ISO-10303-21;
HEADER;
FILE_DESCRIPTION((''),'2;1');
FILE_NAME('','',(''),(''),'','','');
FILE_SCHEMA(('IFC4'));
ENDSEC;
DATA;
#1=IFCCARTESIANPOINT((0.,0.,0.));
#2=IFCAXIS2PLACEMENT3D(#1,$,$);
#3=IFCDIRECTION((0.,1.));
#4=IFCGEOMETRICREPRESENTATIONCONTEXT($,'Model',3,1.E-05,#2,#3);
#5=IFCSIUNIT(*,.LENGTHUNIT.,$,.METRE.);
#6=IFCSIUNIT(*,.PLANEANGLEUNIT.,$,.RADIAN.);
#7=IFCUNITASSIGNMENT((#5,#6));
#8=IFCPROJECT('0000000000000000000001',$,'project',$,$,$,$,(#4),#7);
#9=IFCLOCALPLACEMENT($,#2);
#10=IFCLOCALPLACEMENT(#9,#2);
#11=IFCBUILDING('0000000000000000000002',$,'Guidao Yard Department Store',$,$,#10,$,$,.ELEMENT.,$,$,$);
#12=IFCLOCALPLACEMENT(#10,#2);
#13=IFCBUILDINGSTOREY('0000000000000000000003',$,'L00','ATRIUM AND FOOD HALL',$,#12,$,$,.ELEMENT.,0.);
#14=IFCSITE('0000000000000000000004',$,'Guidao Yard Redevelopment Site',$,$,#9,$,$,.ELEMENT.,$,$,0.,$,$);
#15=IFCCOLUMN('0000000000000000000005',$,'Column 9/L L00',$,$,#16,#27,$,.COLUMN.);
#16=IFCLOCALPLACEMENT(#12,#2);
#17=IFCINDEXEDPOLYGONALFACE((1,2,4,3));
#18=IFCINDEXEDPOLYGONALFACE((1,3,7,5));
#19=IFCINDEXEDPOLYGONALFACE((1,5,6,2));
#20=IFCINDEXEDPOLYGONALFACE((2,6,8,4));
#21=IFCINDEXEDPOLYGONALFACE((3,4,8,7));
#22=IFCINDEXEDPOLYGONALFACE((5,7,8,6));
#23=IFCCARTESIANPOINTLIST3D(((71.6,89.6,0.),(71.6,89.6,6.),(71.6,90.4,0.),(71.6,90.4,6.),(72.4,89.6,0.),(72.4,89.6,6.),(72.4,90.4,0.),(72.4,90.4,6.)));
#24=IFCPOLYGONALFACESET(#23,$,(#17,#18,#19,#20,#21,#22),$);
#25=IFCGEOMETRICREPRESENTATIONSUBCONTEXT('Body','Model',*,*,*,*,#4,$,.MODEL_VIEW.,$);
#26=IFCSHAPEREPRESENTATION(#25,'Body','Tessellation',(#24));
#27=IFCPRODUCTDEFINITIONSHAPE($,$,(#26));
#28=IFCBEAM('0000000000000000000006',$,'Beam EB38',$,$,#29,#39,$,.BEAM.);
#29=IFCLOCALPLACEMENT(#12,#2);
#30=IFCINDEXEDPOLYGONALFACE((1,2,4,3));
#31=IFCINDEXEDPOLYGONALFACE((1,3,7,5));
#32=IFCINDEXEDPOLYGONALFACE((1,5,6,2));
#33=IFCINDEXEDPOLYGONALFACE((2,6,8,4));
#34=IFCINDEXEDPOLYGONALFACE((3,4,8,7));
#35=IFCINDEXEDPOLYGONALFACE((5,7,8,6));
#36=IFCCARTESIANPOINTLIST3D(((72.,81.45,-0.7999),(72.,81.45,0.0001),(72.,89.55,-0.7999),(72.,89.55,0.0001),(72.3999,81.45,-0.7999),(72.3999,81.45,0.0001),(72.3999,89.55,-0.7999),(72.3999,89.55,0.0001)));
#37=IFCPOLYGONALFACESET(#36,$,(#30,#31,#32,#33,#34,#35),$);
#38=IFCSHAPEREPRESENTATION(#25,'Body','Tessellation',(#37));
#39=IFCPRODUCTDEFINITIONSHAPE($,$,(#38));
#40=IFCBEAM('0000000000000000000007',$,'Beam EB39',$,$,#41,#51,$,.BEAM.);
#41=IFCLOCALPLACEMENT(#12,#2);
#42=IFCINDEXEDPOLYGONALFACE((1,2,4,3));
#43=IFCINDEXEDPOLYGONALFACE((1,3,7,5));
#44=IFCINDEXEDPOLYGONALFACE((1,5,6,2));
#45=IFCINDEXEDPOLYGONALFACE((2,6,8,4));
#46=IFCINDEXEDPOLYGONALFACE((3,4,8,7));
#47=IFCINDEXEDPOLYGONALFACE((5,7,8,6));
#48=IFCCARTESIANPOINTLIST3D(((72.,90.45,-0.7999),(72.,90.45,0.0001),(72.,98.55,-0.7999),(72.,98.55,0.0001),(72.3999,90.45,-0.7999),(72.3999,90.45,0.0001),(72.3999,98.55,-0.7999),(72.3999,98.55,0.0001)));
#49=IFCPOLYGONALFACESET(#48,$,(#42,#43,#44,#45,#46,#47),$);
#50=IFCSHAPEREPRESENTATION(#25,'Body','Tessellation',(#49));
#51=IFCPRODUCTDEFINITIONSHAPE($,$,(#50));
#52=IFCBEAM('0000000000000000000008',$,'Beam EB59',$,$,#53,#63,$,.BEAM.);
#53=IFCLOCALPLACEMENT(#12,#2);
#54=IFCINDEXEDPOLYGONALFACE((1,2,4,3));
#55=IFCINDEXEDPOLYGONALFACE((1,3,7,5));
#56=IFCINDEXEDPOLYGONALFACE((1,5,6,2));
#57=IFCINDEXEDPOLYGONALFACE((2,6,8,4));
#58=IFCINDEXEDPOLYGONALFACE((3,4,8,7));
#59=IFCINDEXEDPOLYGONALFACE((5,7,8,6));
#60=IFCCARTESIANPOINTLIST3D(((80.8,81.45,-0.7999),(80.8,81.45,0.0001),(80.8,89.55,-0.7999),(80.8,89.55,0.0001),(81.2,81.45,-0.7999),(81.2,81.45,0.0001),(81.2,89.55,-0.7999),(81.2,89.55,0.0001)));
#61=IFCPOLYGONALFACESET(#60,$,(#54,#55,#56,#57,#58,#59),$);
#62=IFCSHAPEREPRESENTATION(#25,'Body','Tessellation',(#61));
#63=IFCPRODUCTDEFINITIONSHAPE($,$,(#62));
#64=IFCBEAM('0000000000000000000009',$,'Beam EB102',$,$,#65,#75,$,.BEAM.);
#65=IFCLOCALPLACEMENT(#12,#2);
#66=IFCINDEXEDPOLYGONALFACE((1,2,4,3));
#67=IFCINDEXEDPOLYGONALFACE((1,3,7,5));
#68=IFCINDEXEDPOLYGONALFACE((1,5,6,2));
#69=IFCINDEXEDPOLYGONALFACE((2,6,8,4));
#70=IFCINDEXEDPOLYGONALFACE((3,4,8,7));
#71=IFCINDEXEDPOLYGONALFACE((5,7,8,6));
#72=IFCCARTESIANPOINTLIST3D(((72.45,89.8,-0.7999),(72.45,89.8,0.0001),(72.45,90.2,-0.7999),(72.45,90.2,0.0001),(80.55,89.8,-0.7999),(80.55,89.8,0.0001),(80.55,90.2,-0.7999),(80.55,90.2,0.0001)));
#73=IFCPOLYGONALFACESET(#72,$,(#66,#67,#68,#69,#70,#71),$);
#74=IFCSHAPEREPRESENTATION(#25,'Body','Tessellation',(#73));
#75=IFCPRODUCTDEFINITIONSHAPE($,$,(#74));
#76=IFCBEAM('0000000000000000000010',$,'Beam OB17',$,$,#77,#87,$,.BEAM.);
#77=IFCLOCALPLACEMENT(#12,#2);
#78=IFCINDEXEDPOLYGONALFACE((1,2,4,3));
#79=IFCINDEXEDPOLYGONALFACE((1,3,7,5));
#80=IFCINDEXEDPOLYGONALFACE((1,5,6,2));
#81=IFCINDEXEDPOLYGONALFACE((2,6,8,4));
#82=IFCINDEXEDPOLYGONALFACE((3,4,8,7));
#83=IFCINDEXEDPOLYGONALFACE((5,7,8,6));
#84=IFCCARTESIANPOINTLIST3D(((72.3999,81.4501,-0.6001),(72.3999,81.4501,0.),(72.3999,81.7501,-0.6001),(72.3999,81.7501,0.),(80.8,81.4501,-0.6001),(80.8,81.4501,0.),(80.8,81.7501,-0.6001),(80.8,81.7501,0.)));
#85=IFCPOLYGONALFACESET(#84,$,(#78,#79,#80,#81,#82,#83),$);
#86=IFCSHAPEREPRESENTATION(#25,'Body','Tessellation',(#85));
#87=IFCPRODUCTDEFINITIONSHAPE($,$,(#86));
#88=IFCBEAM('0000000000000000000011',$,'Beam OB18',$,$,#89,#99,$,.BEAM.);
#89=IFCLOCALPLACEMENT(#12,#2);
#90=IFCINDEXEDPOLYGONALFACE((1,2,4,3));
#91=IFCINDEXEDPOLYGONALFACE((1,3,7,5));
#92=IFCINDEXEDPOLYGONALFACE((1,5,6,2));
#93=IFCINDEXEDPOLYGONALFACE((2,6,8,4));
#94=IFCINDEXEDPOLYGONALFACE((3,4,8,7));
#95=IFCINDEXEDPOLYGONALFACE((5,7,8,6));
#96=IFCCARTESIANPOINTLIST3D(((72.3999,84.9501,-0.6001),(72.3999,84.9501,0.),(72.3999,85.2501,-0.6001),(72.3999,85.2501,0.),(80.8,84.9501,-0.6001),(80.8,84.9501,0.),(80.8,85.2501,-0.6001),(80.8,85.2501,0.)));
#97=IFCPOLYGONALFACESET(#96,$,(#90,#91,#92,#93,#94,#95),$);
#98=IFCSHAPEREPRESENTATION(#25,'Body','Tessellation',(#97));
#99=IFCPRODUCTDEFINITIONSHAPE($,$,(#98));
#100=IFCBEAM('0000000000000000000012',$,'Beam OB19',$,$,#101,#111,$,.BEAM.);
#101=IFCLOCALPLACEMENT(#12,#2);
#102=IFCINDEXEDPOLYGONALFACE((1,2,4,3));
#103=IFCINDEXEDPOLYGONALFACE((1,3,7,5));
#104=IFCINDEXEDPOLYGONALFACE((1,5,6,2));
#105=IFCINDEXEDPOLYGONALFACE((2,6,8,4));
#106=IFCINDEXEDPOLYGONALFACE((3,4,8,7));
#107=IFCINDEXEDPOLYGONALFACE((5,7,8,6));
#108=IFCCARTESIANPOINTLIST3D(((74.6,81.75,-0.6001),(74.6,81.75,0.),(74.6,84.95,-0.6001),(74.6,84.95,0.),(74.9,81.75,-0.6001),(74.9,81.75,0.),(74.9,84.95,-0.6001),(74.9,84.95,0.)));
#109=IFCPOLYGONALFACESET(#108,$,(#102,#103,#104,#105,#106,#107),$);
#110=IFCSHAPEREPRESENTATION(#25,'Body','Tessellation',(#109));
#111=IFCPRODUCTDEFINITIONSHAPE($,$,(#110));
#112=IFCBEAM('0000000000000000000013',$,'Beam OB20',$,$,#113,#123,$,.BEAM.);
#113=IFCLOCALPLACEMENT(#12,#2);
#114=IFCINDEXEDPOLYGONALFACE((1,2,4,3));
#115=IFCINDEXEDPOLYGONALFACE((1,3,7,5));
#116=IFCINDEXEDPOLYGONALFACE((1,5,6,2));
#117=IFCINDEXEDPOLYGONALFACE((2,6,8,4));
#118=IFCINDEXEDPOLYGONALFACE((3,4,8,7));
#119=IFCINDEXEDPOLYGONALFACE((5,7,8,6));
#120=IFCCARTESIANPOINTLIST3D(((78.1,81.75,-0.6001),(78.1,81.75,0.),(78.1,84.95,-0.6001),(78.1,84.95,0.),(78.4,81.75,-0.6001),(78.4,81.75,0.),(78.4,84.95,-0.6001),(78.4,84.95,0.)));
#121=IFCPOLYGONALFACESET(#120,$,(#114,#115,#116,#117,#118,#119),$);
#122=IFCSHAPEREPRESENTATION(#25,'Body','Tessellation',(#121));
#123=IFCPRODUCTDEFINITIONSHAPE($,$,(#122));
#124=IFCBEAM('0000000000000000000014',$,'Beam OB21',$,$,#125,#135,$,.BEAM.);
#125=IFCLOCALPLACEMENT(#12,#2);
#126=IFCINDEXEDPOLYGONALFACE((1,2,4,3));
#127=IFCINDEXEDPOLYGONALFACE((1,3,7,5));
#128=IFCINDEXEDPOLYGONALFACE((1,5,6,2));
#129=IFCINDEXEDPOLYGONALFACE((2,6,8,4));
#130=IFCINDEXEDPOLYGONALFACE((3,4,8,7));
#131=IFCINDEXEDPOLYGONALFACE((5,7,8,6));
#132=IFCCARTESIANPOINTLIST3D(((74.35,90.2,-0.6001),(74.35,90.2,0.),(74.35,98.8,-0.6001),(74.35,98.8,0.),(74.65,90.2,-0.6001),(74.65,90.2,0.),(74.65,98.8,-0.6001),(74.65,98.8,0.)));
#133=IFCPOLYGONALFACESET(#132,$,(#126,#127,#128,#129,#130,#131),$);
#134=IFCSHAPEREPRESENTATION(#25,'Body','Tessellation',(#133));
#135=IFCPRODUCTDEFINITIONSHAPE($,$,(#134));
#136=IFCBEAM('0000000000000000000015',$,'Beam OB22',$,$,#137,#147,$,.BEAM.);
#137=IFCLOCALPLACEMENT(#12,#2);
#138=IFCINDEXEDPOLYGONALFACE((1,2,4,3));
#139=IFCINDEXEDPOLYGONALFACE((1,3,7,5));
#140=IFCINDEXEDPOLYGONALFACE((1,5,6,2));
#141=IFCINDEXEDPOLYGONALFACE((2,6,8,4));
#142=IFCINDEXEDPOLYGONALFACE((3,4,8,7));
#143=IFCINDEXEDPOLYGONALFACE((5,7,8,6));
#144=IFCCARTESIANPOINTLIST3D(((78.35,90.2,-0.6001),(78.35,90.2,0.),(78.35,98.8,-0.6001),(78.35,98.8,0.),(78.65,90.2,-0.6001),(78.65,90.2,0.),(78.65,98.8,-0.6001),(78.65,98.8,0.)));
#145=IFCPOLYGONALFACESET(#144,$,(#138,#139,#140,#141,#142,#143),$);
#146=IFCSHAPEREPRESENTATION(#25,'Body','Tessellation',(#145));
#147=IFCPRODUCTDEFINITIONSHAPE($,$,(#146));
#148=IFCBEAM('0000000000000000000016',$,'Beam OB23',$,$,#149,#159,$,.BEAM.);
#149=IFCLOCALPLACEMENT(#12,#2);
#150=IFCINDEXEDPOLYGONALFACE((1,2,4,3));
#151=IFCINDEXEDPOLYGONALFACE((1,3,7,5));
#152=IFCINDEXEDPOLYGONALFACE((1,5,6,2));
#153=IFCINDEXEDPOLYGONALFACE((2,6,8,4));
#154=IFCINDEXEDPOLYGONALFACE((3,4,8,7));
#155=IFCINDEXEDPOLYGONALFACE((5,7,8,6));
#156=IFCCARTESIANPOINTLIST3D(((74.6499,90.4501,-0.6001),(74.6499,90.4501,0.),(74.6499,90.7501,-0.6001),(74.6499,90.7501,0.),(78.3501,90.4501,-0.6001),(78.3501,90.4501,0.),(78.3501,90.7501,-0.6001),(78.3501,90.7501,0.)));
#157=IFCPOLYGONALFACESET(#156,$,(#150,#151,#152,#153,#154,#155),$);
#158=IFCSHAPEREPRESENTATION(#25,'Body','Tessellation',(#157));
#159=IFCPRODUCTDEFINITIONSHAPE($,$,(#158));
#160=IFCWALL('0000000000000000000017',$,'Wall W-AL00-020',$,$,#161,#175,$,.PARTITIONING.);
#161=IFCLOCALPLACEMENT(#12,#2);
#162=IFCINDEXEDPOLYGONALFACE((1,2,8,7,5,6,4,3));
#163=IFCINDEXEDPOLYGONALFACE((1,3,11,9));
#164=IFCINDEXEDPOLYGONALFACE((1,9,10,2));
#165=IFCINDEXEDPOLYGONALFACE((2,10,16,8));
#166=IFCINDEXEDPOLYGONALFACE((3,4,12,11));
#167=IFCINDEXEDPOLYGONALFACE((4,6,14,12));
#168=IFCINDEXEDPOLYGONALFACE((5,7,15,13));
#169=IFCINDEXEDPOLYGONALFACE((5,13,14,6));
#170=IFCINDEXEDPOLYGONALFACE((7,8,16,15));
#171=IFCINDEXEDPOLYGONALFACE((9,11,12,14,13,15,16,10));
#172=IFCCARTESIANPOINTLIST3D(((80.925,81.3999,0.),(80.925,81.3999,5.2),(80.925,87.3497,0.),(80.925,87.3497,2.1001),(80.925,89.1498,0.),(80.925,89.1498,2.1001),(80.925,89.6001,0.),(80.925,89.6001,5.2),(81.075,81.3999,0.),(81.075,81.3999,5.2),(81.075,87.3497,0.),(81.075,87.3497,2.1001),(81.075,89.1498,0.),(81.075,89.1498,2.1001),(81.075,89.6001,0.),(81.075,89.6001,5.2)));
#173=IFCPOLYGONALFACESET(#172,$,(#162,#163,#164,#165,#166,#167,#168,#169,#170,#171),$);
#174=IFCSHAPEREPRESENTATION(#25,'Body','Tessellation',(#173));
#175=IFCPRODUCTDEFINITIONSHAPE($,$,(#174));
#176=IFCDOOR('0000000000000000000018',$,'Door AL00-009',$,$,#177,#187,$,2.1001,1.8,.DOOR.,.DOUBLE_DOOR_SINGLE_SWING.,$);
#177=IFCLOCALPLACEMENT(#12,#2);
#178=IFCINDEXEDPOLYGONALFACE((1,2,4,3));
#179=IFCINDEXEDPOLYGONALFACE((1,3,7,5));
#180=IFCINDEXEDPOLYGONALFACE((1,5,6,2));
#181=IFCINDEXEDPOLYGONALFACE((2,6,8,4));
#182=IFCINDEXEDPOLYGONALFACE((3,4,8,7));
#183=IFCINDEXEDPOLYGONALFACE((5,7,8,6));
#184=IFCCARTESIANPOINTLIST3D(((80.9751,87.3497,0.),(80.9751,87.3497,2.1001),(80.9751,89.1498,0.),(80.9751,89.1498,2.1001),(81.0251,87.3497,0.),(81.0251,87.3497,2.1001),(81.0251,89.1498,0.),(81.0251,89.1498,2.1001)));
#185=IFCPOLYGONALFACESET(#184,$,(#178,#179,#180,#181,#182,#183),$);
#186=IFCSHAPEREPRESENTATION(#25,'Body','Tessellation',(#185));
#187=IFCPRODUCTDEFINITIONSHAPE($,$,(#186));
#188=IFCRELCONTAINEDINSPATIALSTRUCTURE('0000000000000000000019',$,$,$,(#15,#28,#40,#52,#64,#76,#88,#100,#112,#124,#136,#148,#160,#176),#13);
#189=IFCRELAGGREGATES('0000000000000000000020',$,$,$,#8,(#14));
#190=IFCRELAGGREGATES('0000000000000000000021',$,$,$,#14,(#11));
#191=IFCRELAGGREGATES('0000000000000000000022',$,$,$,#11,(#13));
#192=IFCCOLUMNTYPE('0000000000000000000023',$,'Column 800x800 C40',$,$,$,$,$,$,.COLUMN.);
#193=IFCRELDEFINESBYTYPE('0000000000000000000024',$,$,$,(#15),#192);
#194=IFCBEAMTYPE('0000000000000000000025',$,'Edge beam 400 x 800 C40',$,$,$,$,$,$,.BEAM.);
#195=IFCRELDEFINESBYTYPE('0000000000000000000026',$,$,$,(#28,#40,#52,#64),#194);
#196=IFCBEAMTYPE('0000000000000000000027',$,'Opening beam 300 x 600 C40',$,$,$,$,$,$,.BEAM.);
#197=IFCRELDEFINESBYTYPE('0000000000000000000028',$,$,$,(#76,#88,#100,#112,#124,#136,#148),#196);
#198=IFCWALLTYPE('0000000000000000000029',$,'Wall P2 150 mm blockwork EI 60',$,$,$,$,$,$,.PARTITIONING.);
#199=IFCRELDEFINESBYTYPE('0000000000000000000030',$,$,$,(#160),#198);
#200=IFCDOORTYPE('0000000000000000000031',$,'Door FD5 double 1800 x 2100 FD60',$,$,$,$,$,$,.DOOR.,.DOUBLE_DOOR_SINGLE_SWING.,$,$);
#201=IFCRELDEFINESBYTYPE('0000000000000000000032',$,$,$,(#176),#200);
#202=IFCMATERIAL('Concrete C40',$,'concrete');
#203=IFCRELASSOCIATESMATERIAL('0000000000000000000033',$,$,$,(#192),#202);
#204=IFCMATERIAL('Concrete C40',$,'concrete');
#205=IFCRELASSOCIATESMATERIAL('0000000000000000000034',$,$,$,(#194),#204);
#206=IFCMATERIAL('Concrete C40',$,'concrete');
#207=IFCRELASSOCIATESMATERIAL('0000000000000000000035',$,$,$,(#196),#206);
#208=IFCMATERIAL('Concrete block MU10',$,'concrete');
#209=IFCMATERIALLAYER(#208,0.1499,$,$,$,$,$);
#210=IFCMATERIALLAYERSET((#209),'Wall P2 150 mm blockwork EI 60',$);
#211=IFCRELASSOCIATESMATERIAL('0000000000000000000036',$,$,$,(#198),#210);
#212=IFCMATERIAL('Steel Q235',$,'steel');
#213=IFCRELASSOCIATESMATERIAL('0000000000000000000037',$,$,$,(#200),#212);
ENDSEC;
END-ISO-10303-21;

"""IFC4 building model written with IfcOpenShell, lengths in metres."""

from ifc_helpers import new_model, si_unit, direction, frame, frame_2d, origin, origin_2d, place, context, subcontext, project, spatial, rectangle, extrude, material, layer, layer_set, material_profile, profile_set, type_object, element, fill, save


model = new_model("IFC4")

# Units and contexts
model_context = context("Model", 3, precision=1e-05, world=origin(), true_north=direction((0.0, 1.0)))
body_context = subcontext(model_context, "Body", "Model", "MODEL_VIEW")
ifc_project = project(units=[si_unit("LENGTHUNIT", "METRE"), si_unit("PLANEANGLEUNIT", "RADIAN")], contexts=[model_context])

# Site, building, storey
site_placement = place(None, origin())
site = spatial("IfcSite", under=ifc_project, at=site_placement, Name="Guidao Yard Redevelopment Site", CompositionType="ELEMENT", RefElevation=0.0)
building_placement = place(site_placement, origin())
building = spatial("IfcBuilding", under=site, at=building_placement, Name="Guidao Yard Department Store", CompositionType="ELEMENT")
storey_placement = place(building_placement, origin())
storey = spatial("IfcBuildingStorey", under=building, at=storey_placement, Name="L00", Description="ATRIUM AND FOOD HALL", CompositionType="ELEMENT", Elevation=0.0)

# Column
ifc_material_1 = material(Name="Concrete C40", Category="concrete")
ifc_material_profile_1 = material_profile(ifc_material_1, rectangle(XDim=0.8, YDim=0.8, at=origin_2d()), Name="COL 800x800")
ifc_profile_set_1 = profile_set([ifc_material_profile_1], Name="Concrete C40")
column_type = type_object("IfcColumnType", Name="Column 800x800 C40", PredefinedType="COLUMN", material=ifc_profile_set_1)
column_placement = place(storey_placement, frame((72.0, 90.0, 0.0), z_axis=(0.0, 0.0, 1.0), x_axis=(1.0, 0.0, 0.0)))
element("IfcColumn", 1, at=column_placement, inside=storey, type_object=column_type, Name="Column 9/L L00", PredefinedType="COLUMN", context=body_context, shape_type="SweptSolid", body=[
    extrude(rectangle(XDim=0.8, YDim=0.8, at=origin_2d()), origin(), (0.0, 0.0, 1.0), 6.0),
])

# Beams
ifc_material_2 = material(Name="Concrete C40", Category="concrete")
ifc_material_profile_2 = material_profile(ifc_material_2, rectangle(XDim=0.3999, YDim=0.8, at=origin_2d()), Name="Edge beam 400 x 800 C40")
ifc_profile_set_2 = profile_set([ifc_material_profile_2], Name="Concrete C40")
beam_type_1 = type_object("IfcBeamType", Name="Edge beam 400 x 800 C40", PredefinedType="BEAM", material=ifc_profile_set_2)
for number, where, z_axis, x_axis, name in (
    (2, (72.2, 81.45, -0.3999), (0.0, 1.0, 0.0), (-1.0, 0.0, 0.0), "Beam EB38"),
    (3, (72.2, 90.45, -0.3999), (0.0, 1.0, 0.0), (-1.0, 0.0, 0.0), "Beam EB39"),
    (4, (81.0, 81.45, -0.3999), (0.0, 1.0, 0.0), (-1.0, 0.0, 0.0), "Beam EB59"),
    (5, (72.45, 90.0, -0.3999), (1.0, 0.0, 0.0), (0.0, 1.0, 0.0), "Beam EB102"),
):
    element("IfcBeam", number, at=place(storey_placement, frame(where, z_axis=z_axis, x_axis=x_axis)), inside=storey, type_object=beam_type_1, Name=name, PredefinedType="BEAM", context=body_context, shape_type="SweptSolid", body=[
        extrude(rectangle(XDim=0.3999, YDim=0.8, at=origin_2d()), origin(), (0.0, 0.0, 1.0), 8.1001),
    ])
ifc_material_3 = material(Name="Concrete C40", Category="concrete")
ifc_material_profile_3 = material_profile(ifc_material_3, rectangle(XDim=0.3, YDim=0.6001, at=origin_2d()), Name="Opening beam 300 x 600 C40")
ifc_profile_set_3 = profile_set([ifc_material_profile_3], Name="Concrete C40")
beam_type_2 = type_object("IfcBeamType", Name="Opening beam 300 x 600 C40", PredefinedType="BEAM", material=ifc_profile_set_3)
for number, where, z_axis, x_axis, name in (
    (6, (72.3999, 81.6001, -0.3), (1.0, 0.0, 0.0), (0.0, 1.0, 0.0), "Beam OB17"),
    (7, (72.3999, 85.1001, -0.3), (1.0, 0.0, 0.0), (0.0, 1.0, 0.0), "Beam OB18"),
):
    element("IfcBeam", number, at=place(storey_placement, frame(where, z_axis=z_axis, x_axis=x_axis)), inside=storey, type_object=beam_type_2, Name=name, PredefinedType="BEAM", context=body_context, shape_type="SweptSolid", body=[
        extrude(rectangle(XDim=0.3, YDim=0.6001, at=origin_2d()), origin(), (0.0, 0.0, 1.0), 8.4001),
    ])
for number, where, z_axis, x_axis, name in (
    (8, (74.75, 81.75, -0.3), (0.0, 1.0, 0.0), (-1.0, 0.0, 0.0), "Beam OB19"),
    (9, (78.25, 81.75, -0.3), (0.0, 1.0, 0.0), (-1.0, 0.0, 0.0), "Beam OB20"),
):
    element("IfcBeam", number, at=place(storey_placement, frame(where, z_axis=z_axis, x_axis=x_axis)), inside=storey, type_object=beam_type_2, Name=name, PredefinedType="BEAM", context=body_context, shape_type="SweptSolid", body=[
        extrude(rectangle(XDim=0.3, YDim=0.6001, at=origin_2d()), origin(), (0.0, 0.0, 1.0), 3.2),
    ])
for number, where, z_axis, x_axis, name in (
    (10, (74.5, 90.2, -0.3), (0.0, 1.0, 0.0), (-1.0, 0.0, 0.0), "Beam OB21"),
    (11, (78.5, 90.2, -0.3), (0.0, 1.0, 0.0), (-1.0, 0.0, 0.0), "Beam OB22"),
):
    element("IfcBeam", number, at=place(storey_placement, frame(where, z_axis=z_axis, x_axis=x_axis)), inside=storey, type_object=beam_type_2, Name=name, PredefinedType="BEAM", context=body_context, shape_type="SweptSolid", body=[
        extrude(rectangle(XDim=0.3, YDim=0.6001, at=origin_2d()), origin(), (0.0, 0.0, 1.0), 8.6001),
    ])
beam_placement = place(storey_placement, frame((74.6499, 90.6001, -0.3), z_axis=(1.0, 0.0, 0.0), x_axis=(0.0, 1.0, 0.0)))
element("IfcBeam", 12, at=beam_placement, inside=storey, type_object=beam_type_2, Name="Beam OB23", PredefinedType="BEAM", context=body_context, shape_type="SweptSolid", body=[
    extrude(rectangle(XDim=0.3, YDim=0.6001, at=origin_2d()), origin(), (0.0, 0.0, 1.0), 3.7002),
])

# Wall, opening, door
ifc_material_4 = material(Name="Concrete block MU10", Category="concrete")
ifc_layer_1 = layer(ifc_material_4, 0.1499)
ifc_layer_set_1 = layer_set([ifc_layer_1], Name="Wall P2 150 mm blockwork EI 60")
wall_type_1 = type_object("IfcWallType", Name="Wall P2 150 mm blockwork EI 60", PredefinedType="PARTITIONING", material=ifc_layer_set_1)
wall_1_placement = place(storey_placement, frame((81.0, 81.3999, 0.0), z_axis=(0.0, 0.0, 1.0), x_axis=(0.0, 1.0, 0.0)))
wall_1 = element("IfcWall", 13, at=wall_1_placement, inside=storey, type_object=wall_type_1, Name="Wall W-AL00-020", PredefinedType="PARTITIONING", context=body_context, shape_type="SweptSolid", body=[
    extrude(rectangle(XDim=8.2002, YDim=0.1499, at=frame_2d((4.1001, 0.0))), origin(), (0.0, 0.0, 1.0), 5.2),
])
opening_1_placement = place(wall_1_placement, frame((5.95, 0.0, 0.0)))
opening_1 = element("IfcOpeningElement", 14, at=opening_1_placement, cuts=wall_1, PredefinedType="OPENING", context=body_context, shape_type="SweptSolid", body=[
    extrude(rectangle(XDim=1.8, YDim=2.1001, at=frame_2d((0.8999, 1.05))), frame((0.0, 0.085, 0.0), z_axis=(0.0, -1.0, 0.0), x_axis=(1.0, 0.0, 0.0)), (0.0, 0.0, 1.0), 0.1699),
])
ifc_material_5 = material(Name="Steel Q235", Category="steel")
door_type_1 = type_object("IfcDoorType", Name="Door FD5 double 1800 x 2100 FD60", OperationType="DOUBLE_DOOR_SINGLE_SWING", PredefinedType="DOOR", material=ifc_material_5)
door_1_placement = place(opening_1_placement, origin())
door_1 = element("IfcDoor", 15, at=door_1_placement, inside=storey, type_object=door_type_1, Name="Door AL00-009", OperationType="DOUBLE_DOOR_SINGLE_SWING", OverallHeight=2.1001, OverallWidth=1.8, PredefinedType="DOOR", context=body_context, shape_type="SweptSolid", body=[
    extrude(rectangle(XDim=1.8, YDim=2.1001, at=frame_2d((0.8999, 1.05))), frame((0.0, 0.0249, 0.0), z_axis=(0.0, -1.0, 0.0), x_axis=(1.0, 0.0, 0.0)), (0.0, 0.0, 1.0), 0.05),
])
fill(opening_1, door_1)

save(model, "model.ifc")
